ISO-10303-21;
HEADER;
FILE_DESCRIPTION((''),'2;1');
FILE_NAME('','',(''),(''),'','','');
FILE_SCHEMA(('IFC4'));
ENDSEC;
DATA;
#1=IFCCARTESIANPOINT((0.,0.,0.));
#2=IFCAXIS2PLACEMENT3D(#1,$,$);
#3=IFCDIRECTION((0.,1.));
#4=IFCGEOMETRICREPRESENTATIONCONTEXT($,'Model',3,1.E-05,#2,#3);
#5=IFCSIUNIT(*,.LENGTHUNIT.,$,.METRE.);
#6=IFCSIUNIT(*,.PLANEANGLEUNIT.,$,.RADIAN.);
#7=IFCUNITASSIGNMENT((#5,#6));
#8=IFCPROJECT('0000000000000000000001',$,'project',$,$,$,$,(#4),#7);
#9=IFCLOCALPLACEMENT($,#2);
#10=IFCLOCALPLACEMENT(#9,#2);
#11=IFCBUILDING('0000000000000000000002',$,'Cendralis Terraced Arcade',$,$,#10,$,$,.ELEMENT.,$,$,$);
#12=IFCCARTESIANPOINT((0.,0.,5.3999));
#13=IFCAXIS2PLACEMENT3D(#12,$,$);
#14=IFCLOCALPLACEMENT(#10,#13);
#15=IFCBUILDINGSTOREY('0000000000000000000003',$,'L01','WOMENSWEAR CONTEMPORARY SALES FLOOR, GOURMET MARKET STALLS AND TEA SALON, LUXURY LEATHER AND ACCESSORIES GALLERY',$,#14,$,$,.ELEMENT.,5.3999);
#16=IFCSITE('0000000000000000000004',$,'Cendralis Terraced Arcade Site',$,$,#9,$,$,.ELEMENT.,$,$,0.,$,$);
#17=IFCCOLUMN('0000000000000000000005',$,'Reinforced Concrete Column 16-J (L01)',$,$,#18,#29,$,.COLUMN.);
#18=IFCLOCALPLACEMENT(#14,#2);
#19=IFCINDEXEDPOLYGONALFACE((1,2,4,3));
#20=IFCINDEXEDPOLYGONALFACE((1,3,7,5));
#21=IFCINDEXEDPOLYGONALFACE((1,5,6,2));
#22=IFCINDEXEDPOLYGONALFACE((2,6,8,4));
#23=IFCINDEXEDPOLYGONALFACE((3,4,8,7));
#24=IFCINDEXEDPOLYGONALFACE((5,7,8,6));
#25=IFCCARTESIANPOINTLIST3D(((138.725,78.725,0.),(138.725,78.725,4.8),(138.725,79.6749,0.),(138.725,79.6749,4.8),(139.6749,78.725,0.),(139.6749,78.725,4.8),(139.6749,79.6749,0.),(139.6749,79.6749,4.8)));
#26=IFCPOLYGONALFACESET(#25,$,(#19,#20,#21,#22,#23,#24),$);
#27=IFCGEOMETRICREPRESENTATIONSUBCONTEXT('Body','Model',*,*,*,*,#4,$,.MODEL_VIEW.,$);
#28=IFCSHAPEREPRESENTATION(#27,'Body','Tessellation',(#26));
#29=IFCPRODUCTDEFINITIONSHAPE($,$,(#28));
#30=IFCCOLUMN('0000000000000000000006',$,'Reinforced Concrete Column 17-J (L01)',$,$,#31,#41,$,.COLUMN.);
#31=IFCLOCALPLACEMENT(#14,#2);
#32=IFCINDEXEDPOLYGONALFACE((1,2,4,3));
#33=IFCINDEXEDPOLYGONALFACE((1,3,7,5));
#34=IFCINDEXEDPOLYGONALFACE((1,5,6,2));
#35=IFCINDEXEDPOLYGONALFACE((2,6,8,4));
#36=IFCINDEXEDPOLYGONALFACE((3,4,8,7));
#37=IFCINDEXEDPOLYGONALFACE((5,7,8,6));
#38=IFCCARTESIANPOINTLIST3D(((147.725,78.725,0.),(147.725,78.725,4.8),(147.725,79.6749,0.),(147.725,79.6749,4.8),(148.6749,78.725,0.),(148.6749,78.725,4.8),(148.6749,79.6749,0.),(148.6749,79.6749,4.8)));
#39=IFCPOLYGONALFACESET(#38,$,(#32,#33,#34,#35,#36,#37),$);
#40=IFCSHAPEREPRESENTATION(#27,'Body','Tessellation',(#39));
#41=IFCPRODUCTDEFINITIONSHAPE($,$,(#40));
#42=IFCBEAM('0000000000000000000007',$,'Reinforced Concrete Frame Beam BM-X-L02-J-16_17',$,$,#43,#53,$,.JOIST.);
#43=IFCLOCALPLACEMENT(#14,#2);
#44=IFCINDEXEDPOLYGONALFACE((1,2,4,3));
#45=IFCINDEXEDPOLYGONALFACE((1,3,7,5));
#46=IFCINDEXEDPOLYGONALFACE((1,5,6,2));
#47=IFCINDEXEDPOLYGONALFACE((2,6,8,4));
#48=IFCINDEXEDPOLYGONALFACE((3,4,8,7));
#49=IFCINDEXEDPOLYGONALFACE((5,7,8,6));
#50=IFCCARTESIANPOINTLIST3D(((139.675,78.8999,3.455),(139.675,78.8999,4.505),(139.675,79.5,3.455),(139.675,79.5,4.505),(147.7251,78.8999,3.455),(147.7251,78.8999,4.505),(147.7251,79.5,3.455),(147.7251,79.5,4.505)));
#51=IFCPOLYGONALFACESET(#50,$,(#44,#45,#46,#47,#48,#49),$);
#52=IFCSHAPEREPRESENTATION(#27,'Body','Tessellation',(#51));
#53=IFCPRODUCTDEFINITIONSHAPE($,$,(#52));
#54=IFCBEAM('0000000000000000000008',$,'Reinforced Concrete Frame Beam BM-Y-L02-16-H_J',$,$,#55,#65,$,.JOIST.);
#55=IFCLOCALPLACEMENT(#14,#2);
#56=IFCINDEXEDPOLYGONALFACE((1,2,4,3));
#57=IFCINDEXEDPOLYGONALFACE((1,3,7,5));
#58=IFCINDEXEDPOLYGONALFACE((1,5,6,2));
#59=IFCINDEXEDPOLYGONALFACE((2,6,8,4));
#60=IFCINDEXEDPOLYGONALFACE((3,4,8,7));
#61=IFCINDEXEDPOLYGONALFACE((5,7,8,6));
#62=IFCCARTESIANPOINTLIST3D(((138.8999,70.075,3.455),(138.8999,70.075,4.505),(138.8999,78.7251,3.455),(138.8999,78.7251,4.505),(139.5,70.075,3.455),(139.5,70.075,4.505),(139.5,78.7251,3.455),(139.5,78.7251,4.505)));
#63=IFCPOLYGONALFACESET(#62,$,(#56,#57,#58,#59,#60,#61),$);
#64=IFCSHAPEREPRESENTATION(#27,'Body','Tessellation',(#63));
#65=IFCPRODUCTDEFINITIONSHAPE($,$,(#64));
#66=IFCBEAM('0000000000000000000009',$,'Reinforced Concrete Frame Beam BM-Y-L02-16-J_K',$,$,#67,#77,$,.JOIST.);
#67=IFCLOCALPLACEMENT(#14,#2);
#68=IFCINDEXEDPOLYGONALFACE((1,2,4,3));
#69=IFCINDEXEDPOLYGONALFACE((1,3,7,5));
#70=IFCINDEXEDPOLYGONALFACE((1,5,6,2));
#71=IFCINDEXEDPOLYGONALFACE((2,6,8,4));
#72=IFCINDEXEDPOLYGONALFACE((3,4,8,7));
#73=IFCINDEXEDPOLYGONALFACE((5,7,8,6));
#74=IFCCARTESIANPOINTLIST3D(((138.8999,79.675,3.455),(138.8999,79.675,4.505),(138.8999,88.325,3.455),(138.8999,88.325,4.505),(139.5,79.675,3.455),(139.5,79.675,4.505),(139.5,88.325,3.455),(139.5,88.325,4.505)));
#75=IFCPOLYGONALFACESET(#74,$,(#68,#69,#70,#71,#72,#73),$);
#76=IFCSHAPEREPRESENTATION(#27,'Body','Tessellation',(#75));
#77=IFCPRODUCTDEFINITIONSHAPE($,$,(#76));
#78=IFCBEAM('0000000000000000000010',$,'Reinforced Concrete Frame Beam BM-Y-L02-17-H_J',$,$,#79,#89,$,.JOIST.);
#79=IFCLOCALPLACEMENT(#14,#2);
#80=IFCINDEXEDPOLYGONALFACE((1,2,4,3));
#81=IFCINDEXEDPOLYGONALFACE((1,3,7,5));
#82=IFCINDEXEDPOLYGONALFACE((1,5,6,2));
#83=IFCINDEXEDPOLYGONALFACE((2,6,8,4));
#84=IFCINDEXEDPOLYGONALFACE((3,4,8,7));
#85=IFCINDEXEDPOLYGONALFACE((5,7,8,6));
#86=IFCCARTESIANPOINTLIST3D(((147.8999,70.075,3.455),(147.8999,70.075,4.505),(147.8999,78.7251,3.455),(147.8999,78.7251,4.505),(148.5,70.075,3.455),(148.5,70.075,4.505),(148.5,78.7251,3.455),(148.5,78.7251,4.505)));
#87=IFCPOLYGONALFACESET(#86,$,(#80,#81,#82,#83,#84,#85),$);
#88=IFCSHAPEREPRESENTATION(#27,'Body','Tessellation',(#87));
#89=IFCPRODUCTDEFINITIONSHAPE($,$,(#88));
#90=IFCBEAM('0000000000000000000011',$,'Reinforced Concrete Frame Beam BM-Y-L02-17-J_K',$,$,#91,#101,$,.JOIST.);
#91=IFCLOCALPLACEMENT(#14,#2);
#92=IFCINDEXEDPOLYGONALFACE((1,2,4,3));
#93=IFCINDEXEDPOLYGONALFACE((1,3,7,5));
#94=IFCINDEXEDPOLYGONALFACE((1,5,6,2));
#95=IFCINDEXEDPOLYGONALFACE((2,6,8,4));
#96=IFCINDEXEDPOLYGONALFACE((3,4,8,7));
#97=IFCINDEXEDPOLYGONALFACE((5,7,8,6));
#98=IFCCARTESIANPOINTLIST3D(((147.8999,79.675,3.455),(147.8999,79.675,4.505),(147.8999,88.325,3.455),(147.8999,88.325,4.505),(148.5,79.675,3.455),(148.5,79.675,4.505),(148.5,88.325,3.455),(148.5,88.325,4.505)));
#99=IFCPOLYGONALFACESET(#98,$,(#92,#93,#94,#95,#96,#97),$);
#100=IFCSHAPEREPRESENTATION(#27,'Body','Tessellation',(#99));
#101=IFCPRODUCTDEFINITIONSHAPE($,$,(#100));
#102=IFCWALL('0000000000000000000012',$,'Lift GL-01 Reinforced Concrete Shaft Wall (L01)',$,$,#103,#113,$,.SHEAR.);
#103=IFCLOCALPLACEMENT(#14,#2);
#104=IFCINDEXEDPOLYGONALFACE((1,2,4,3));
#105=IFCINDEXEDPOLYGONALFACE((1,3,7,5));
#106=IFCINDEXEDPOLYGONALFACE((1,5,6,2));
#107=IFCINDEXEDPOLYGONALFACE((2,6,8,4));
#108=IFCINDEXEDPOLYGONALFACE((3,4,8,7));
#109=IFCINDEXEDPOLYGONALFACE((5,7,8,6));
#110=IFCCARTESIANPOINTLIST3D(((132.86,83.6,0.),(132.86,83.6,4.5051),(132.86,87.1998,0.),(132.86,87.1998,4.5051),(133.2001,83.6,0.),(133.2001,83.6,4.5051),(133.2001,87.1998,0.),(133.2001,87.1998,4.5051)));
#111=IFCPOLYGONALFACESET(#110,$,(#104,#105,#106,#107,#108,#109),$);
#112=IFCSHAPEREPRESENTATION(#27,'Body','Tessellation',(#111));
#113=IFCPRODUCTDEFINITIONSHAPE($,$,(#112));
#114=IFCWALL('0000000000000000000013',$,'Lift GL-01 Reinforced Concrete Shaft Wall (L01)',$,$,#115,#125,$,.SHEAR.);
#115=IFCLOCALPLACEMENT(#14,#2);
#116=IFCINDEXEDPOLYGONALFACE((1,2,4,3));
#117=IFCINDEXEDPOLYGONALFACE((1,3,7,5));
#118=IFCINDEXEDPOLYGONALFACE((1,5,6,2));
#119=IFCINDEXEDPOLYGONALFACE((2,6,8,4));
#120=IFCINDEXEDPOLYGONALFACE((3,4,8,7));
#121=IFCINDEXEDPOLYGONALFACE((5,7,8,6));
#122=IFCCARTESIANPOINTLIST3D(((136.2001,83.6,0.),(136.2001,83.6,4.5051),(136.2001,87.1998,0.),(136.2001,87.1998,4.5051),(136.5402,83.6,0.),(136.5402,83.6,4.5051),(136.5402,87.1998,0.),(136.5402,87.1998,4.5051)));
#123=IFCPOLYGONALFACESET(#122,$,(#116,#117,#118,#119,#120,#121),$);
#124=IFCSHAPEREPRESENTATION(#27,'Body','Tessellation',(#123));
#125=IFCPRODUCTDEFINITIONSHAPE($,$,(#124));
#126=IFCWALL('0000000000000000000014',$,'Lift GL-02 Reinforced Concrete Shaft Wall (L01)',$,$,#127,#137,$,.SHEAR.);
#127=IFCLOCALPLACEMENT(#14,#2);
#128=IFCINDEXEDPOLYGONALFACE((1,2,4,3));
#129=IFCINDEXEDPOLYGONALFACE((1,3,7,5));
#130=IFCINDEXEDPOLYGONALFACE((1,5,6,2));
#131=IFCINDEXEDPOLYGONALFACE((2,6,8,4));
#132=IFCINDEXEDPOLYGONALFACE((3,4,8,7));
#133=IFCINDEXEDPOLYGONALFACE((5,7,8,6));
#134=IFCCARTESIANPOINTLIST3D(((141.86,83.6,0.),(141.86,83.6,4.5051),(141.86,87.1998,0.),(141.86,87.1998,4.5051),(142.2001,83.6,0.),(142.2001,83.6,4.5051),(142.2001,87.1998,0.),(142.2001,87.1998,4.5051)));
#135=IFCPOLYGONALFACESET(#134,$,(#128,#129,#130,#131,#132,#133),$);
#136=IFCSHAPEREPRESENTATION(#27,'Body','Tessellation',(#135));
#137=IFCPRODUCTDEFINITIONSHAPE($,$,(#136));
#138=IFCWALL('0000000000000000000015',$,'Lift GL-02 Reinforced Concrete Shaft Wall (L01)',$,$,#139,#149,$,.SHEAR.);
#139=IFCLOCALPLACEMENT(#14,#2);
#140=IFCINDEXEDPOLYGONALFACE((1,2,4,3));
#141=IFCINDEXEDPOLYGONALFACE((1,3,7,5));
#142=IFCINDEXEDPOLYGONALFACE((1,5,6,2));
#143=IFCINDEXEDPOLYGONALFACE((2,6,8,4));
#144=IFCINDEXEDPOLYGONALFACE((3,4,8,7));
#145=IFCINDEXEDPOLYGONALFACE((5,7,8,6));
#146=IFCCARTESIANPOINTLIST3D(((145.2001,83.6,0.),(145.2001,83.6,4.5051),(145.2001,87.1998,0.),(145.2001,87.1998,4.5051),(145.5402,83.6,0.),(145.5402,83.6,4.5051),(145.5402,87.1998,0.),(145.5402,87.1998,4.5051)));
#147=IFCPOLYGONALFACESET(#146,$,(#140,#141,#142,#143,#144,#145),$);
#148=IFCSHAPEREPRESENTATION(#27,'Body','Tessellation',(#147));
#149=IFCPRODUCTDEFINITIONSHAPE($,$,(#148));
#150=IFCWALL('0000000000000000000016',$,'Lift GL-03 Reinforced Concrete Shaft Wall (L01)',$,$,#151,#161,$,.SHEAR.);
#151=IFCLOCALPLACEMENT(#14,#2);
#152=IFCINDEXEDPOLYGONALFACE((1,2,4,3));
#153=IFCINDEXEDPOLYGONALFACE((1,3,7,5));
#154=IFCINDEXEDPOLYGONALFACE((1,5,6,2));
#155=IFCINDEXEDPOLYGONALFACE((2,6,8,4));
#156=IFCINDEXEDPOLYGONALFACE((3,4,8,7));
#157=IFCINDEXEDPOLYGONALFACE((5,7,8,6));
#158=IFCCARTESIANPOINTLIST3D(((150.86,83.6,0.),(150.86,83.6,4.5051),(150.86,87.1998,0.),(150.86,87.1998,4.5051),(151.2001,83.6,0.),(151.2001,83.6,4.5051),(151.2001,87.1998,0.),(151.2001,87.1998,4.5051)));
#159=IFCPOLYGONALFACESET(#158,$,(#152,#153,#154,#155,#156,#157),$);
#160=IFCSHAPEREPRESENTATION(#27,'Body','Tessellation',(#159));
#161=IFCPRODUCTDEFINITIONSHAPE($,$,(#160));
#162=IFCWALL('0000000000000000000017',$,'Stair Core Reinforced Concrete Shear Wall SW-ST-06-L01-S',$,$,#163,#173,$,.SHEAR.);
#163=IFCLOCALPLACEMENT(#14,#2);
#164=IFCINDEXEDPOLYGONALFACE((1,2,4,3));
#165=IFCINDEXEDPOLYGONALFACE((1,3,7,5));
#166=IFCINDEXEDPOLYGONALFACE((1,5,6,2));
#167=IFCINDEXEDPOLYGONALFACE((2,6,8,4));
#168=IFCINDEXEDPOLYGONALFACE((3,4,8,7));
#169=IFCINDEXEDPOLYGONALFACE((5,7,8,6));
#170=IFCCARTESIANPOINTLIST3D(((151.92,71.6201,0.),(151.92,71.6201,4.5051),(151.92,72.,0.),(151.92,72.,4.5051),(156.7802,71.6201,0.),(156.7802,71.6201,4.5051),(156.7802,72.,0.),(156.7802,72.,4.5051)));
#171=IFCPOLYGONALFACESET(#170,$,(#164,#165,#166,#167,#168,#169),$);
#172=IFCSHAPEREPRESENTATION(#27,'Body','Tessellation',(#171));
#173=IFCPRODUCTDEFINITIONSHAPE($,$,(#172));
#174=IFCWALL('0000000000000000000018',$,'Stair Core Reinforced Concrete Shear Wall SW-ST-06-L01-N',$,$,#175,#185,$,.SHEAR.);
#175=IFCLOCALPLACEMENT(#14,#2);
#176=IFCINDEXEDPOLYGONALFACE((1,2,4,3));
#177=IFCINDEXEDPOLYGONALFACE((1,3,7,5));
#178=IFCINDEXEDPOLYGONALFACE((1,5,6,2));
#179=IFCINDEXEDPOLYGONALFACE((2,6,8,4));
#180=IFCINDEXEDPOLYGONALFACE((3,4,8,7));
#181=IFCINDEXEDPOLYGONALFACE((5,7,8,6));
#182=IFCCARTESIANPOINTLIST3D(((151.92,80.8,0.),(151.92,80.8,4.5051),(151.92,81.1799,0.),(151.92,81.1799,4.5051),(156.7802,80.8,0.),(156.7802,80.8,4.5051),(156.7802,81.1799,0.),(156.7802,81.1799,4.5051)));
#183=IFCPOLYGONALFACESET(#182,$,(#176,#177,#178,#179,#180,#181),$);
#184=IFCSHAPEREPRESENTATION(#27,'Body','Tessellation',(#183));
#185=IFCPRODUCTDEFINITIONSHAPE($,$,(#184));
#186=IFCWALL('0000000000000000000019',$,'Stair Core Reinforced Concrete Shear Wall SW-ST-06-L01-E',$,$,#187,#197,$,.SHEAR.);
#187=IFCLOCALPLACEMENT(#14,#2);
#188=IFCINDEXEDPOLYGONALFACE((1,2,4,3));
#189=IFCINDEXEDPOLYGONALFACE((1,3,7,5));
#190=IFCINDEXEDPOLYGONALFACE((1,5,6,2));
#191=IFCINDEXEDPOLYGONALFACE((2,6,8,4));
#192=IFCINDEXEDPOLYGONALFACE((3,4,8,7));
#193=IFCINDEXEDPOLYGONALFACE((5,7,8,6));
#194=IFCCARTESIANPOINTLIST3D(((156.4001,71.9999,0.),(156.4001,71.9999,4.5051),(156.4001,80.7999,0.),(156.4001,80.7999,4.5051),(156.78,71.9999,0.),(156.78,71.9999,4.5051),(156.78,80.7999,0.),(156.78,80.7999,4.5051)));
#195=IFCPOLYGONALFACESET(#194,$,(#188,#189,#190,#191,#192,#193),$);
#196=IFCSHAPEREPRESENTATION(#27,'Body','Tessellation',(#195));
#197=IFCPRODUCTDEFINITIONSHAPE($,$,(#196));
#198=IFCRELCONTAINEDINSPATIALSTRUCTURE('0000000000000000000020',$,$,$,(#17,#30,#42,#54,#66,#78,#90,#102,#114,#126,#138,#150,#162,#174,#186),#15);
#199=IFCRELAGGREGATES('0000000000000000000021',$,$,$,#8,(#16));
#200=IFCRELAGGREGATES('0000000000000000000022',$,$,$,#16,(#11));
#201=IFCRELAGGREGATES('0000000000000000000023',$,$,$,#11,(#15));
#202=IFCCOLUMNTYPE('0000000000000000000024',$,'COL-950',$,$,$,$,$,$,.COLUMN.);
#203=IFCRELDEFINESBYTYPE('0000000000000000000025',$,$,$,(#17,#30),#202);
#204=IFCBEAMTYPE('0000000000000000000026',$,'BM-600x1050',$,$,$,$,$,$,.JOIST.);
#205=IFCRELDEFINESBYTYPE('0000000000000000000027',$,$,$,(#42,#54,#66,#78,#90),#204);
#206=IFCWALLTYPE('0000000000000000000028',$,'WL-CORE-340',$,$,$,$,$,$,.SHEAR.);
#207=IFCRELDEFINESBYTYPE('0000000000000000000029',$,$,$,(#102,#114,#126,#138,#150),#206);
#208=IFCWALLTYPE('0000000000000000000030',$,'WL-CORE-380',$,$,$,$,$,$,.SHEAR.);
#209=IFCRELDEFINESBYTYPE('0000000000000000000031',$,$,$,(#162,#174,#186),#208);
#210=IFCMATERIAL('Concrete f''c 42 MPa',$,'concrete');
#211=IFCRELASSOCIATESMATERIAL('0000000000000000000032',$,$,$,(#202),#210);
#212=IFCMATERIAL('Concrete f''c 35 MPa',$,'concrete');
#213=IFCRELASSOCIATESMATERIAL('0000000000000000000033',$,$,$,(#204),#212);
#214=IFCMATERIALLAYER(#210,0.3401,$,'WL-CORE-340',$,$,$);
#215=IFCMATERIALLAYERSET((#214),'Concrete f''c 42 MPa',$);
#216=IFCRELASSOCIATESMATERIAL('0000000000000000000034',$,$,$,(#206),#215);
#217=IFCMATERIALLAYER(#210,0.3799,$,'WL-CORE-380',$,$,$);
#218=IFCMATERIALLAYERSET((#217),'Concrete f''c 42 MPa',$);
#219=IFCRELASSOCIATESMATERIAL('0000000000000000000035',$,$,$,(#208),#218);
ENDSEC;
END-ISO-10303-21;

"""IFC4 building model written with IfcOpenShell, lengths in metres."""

from ifc_helpers import new_model, si_unit, direction, frame, frame_2d, origin, origin_2d, place, context, subcontext, project, spatial, rectangle, extrude, material, layer, layer_set, material_profile, profile_set, type_object, element, save


model = new_model("IFC4")

# Units and contexts
model_context = context("Model", 3, precision=1e-05, world=origin(), true_north=direction((0.0, 1.0)))
body_context = subcontext(model_context, "Body", "Model", "MODEL_VIEW")
ifc_project = project(units=[si_unit("LENGTHUNIT", "METRE"), si_unit("PLANEANGLEUNIT", "RADIAN")], contexts=[model_context])

# Site, building, storey
site_placement = place(None, origin())
site = spatial("IfcSite", under=ifc_project, at=site_placement, Name="Cendralis Terraced Arcade Site", CompositionType="ELEMENT", RefElevation=0.0)
building_placement = place(site_placement, origin())
building = spatial("IfcBuilding", under=site, at=building_placement, Name="Cendralis Terraced Arcade", CompositionType="ELEMENT")
storey_placement = place(building_placement, frame((0.0, 0.0, 5.3999)))
storey = spatial("IfcBuildingStorey", under=building, at=storey_placement, Name="L01", Description="WOMENSWEAR CONTEMPORARY SALES FLOOR, GOURMET MARKET STALLS AND TEA SALON, LUXURY LEATHER AND ACCESSORIES GALLERY", CompositionType="ELEMENT", Elevation=5.3999)

# Columns
ifc_material_1 = material(Name="Concrete f'c 42 MPa", Category="concrete")
ifc_material_profile_1 = material_profile(ifc_material_1, rectangle(XDim=0.95, YDim=0.95, at=origin_2d()), Name="RC-COL-950x950", Category="LoadBearing")
ifc_profile_set_1 = profile_set([ifc_material_profile_1], Name="Concrete f'c 42 MPa")
column_type = type_object("IfcColumnType", Name="COL-950", PredefinedType="COLUMN", material=ifc_profile_set_1)
for number, where, z_axis, x_axis, name in (
    (1, (139.2, 79.2, 0.0), (0.0, 0.0, 1.0), (1.0, 0.0, 0.0), "Reinforced Concrete Column 16-J (L01)"),
    (2, (148.2, 79.2, 0.0), (0.0, 0.0, 1.0), (1.0, 0.0, 0.0), "Reinforced Concrete Column 17-J (L01)"),
):
    element("IfcColumn", number, at=place(storey_placement, frame(where, z_axis=z_axis, x_axis=x_axis)), inside=storey, type_object=column_type, Name=name, PredefinedType="COLUMN", context=body_context, shape_type="SweptSolid", body=[
        extrude(rectangle(XDim=0.95, YDim=0.95, at=origin_2d()), origin(), (0.0, 0.0, 1.0), 4.8),
    ])

# Beams
ifc_material_2 = material(Name="Concrete f'c 35 MPa", Category="concrete")
ifc_material_profile_2 = material_profile(ifc_material_2, rectangle(XDim=0.6001, YDim=1.05, at=origin_2d()), Name="RC-BM-600x1050", Category="LoadBearing")
ifc_profile_set_2 = profile_set([ifc_material_profile_2], Name="Concrete f'c 35 MPa")
beam_type = type_object("IfcBeamType", Name="BM-600x1050", PredefinedType="JOIST", material=ifc_profile_set_2)
beam_1_placement = place(storey_placement, frame((139.675, 79.2, 3.98), z_axis=(1.0, 0.0, 0.0), x_axis=(0.0, 1.0, 0.0)))
element("IfcBeam", 3, at=beam_1_placement, inside=storey, type_object=beam_type, Name="Reinforced Concrete Frame Beam BM-X-L02-J-16_17", PredefinedType="JOIST", context=body_context, shape_type="SweptSolid", body=[
    extrude(rectangle(XDim=0.6001, YDim=1.05, at=origin_2d()), origin(), (0.0, 0.0, 1.0), 8.05),
])
beam_2_placement = place(storey_placement, frame((139.2, 70.075, 3.98), z_axis=(0.0, 1.0, 0.0), x_axis=(-1.0, 0.0, 0.0)))
element("IfcBeam", 4, at=beam_2_placement, inside=storey, type_object=beam_type, Name="Reinforced Concrete Frame Beam BM-Y-L02-16-H_J", PredefinedType="JOIST", context=body_context, shape_type="SweptSolid", body=[
    extrude(rectangle(XDim=0.6001, YDim=1.05, at=origin_2d()), origin(), (0.0, 0.0, 1.0), 8.6501),
])
beam_3_placement = place(storey_placement, frame((139.2, 79.675, 3.98), z_axis=(0.0, 1.0, 0.0), x_axis=(-1.0, 0.0, 0.0)))
element("IfcBeam", 5, at=beam_3_placement, inside=storey, type_object=beam_type, Name="Reinforced Concrete Frame Beam BM-Y-L02-16-J_K", PredefinedType="JOIST", context=body_context, shape_type="SweptSolid", body=[
    extrude(rectangle(XDim=0.6001, YDim=1.05, at=origin_2d()), origin(), (0.0, 0.0, 1.0), 8.6499),
])
beam_4_placement = place(storey_placement, frame((148.2, 70.075, 3.98), z_axis=(0.0, 1.0, 0.0), x_axis=(-1.0, 0.0, 0.0)))
element("IfcBeam", 6, at=beam_4_placement, inside=storey, type_object=beam_type, Name="Reinforced Concrete Frame Beam BM-Y-L02-17-H_J", PredefinedType="JOIST", context=body_context, shape_type="SweptSolid", body=[
    extrude(rectangle(XDim=0.6001, YDim=1.05, at=origin_2d()), origin(), (0.0, 0.0, 1.0), 8.6501),
])
beam_5_placement = place(storey_placement, frame((148.2, 79.675, 3.98), z_axis=(0.0, 1.0, 0.0), x_axis=(-1.0, 0.0, 0.0)))
element("IfcBeam", 7, at=beam_5_placement, inside=storey, type_object=beam_type, Name="Reinforced Concrete Frame Beam BM-Y-L02-17-J_K", PredefinedType="JOIST", context=body_context, shape_type="SweptSolid", body=[
    extrude(rectangle(XDim=0.6001, YDim=1.05, at=origin_2d()), origin(), (0.0, 0.0, 1.0), 8.6499),
])

# Walls
ifc_layer_1 = layer(ifc_material_1, 0.3401, Name="WL-CORE-340")
ifc_layer_set_1 = layer_set([ifc_layer_1], Name="Concrete f'c 42 MPa")
wall_type_1 = type_object("IfcWallType", Name="WL-CORE-340", PredefinedType="SHEAR", material=ifc_layer_set_1)
for number, where, z_axis, x_axis, name in (
    (8, (133.03, 83.6001, 0.0), (0.0, 0.0, 1.0), (0.0, 1.0, 0.0), "Lift GL-01 Reinforced Concrete Shaft Wall (L01)"),
    (9, (136.3701, 83.6001, 0.0), (0.0, 0.0, 1.0), (0.0, 1.0, 0.0), "Lift GL-01 Reinforced Concrete Shaft Wall (L01)"),
):
    element("IfcWall", number, at=place(storey_placement, frame(where, z_axis=z_axis, x_axis=x_axis)), inside=storey, type_object=wall_type_1, Name=name, PredefinedType="SHEAR", context=body_context, shape_type="SweptSolid", body=[
        extrude(rectangle(XDim=3.5999, YDim=0.3401, at=frame_2d((1.7998, 0.0))), origin(), (0.0, 0.0, 1.0), 4.5051),
    ])

# Walls
for number, where, z_axis, x_axis, name in (
    (10, (142.03, 83.6001, 0.0), (0.0, 0.0, 1.0), (0.0, 1.0, 0.0), "Lift GL-02 Reinforced Concrete Shaft Wall (L01)"),
    (11, (145.3701, 83.6001, 0.0), (0.0, 0.0, 1.0), (0.0, 1.0, 0.0), "Lift GL-02 Reinforced Concrete Shaft Wall (L01)"),
):
    element("IfcWall", number, at=place(storey_placement, frame(where, z_axis=z_axis, x_axis=x_axis)), inside=storey, type_object=wall_type_1, Name=name, PredefinedType="SHEAR", context=body_context, shape_type="SweptSolid", body=[
        extrude(rectangle(XDim=3.5999, YDim=0.3401, at=frame_2d((1.7998, 0.0))), origin(), (0.0, 0.0, 1.0), 4.5051),
    ])

# Walls
wall_1_placement = place(storey_placement, frame((151.03, 83.6001, 0.0), z_axis=(0.0, 0.0, 1.0), x_axis=(0.0, 1.0, 0.0)))
element("IfcWall", 12, at=wall_1_placement, inside=storey, type_object=wall_type_1, Name="Lift GL-03 Reinforced Concrete Shaft Wall (L01)", PredefinedType="SHEAR", context=body_context, shape_type="SweptSolid", body=[
    extrude(rectangle(XDim=3.5999, YDim=0.3401, at=frame_2d((1.7998, 0.0))), origin(), (0.0, 0.0, 1.0), 4.5051),
])
ifc_layer_2 = layer(ifc_material_1, 0.3799, Name="WL-CORE-380")
ifc_layer_set_2 = layer_set([ifc_layer_2], Name="Concrete f'c 42 MPa")
wall_type_2 = type_object("IfcWallType", Name="WL-CORE-380", PredefinedType="SHEAR", material=ifc_layer_set_2)
for number, where, z_axis, x_axis, name in (
    (13, (151.9199, 71.8101, 0.0), (0.0, 0.0, 1.0), (1.0, 0.0, 0.0), "Stair Core Reinforced Concrete Shear Wall SW-ST-06-L01-S"),
    (14, (151.9199, 80.99, 0.0), (0.0, 0.0, 1.0), (1.0, 0.0, 0.0), "Stair Core Reinforced Concrete Shear Wall SW-ST-06-L01-N"),
):
    element("IfcWall", number, at=place(storey_placement, frame(where, z_axis=z_axis, x_axis=x_axis)), inside=storey, type_object=wall_type_2, Name=name, PredefinedType="SHEAR", context=body_context, shape_type="SweptSolid", body=[
        extrude(rectangle(XDim=4.8601, YDim=0.3799, at=frame_2d((2.4302, 0.0))), origin(), (0.0, 0.0, 1.0), 4.5051),
    ])
wall_2_placement = place(storey_placement, frame((156.5901, 72.0, 0.0), z_axis=(0.0, 0.0, 1.0), x_axis=(0.0, 1.0, 0.0)))
element("IfcWall", 15, at=wall_2_placement, inside=storey, type_object=wall_type_2, Name="Stair Core Reinforced Concrete Shear Wall SW-ST-06-L01-E", PredefinedType="SHEAR", context=body_context, shape_type="SweptSolid", body=[
    extrude(rectangle(XDim=8.8, YDim=0.3799, at=frame_2d((4.3999, 0.0))), origin(), (0.0, 0.0, 1.0), 4.5051),
])

save(model, "model.ifc")
